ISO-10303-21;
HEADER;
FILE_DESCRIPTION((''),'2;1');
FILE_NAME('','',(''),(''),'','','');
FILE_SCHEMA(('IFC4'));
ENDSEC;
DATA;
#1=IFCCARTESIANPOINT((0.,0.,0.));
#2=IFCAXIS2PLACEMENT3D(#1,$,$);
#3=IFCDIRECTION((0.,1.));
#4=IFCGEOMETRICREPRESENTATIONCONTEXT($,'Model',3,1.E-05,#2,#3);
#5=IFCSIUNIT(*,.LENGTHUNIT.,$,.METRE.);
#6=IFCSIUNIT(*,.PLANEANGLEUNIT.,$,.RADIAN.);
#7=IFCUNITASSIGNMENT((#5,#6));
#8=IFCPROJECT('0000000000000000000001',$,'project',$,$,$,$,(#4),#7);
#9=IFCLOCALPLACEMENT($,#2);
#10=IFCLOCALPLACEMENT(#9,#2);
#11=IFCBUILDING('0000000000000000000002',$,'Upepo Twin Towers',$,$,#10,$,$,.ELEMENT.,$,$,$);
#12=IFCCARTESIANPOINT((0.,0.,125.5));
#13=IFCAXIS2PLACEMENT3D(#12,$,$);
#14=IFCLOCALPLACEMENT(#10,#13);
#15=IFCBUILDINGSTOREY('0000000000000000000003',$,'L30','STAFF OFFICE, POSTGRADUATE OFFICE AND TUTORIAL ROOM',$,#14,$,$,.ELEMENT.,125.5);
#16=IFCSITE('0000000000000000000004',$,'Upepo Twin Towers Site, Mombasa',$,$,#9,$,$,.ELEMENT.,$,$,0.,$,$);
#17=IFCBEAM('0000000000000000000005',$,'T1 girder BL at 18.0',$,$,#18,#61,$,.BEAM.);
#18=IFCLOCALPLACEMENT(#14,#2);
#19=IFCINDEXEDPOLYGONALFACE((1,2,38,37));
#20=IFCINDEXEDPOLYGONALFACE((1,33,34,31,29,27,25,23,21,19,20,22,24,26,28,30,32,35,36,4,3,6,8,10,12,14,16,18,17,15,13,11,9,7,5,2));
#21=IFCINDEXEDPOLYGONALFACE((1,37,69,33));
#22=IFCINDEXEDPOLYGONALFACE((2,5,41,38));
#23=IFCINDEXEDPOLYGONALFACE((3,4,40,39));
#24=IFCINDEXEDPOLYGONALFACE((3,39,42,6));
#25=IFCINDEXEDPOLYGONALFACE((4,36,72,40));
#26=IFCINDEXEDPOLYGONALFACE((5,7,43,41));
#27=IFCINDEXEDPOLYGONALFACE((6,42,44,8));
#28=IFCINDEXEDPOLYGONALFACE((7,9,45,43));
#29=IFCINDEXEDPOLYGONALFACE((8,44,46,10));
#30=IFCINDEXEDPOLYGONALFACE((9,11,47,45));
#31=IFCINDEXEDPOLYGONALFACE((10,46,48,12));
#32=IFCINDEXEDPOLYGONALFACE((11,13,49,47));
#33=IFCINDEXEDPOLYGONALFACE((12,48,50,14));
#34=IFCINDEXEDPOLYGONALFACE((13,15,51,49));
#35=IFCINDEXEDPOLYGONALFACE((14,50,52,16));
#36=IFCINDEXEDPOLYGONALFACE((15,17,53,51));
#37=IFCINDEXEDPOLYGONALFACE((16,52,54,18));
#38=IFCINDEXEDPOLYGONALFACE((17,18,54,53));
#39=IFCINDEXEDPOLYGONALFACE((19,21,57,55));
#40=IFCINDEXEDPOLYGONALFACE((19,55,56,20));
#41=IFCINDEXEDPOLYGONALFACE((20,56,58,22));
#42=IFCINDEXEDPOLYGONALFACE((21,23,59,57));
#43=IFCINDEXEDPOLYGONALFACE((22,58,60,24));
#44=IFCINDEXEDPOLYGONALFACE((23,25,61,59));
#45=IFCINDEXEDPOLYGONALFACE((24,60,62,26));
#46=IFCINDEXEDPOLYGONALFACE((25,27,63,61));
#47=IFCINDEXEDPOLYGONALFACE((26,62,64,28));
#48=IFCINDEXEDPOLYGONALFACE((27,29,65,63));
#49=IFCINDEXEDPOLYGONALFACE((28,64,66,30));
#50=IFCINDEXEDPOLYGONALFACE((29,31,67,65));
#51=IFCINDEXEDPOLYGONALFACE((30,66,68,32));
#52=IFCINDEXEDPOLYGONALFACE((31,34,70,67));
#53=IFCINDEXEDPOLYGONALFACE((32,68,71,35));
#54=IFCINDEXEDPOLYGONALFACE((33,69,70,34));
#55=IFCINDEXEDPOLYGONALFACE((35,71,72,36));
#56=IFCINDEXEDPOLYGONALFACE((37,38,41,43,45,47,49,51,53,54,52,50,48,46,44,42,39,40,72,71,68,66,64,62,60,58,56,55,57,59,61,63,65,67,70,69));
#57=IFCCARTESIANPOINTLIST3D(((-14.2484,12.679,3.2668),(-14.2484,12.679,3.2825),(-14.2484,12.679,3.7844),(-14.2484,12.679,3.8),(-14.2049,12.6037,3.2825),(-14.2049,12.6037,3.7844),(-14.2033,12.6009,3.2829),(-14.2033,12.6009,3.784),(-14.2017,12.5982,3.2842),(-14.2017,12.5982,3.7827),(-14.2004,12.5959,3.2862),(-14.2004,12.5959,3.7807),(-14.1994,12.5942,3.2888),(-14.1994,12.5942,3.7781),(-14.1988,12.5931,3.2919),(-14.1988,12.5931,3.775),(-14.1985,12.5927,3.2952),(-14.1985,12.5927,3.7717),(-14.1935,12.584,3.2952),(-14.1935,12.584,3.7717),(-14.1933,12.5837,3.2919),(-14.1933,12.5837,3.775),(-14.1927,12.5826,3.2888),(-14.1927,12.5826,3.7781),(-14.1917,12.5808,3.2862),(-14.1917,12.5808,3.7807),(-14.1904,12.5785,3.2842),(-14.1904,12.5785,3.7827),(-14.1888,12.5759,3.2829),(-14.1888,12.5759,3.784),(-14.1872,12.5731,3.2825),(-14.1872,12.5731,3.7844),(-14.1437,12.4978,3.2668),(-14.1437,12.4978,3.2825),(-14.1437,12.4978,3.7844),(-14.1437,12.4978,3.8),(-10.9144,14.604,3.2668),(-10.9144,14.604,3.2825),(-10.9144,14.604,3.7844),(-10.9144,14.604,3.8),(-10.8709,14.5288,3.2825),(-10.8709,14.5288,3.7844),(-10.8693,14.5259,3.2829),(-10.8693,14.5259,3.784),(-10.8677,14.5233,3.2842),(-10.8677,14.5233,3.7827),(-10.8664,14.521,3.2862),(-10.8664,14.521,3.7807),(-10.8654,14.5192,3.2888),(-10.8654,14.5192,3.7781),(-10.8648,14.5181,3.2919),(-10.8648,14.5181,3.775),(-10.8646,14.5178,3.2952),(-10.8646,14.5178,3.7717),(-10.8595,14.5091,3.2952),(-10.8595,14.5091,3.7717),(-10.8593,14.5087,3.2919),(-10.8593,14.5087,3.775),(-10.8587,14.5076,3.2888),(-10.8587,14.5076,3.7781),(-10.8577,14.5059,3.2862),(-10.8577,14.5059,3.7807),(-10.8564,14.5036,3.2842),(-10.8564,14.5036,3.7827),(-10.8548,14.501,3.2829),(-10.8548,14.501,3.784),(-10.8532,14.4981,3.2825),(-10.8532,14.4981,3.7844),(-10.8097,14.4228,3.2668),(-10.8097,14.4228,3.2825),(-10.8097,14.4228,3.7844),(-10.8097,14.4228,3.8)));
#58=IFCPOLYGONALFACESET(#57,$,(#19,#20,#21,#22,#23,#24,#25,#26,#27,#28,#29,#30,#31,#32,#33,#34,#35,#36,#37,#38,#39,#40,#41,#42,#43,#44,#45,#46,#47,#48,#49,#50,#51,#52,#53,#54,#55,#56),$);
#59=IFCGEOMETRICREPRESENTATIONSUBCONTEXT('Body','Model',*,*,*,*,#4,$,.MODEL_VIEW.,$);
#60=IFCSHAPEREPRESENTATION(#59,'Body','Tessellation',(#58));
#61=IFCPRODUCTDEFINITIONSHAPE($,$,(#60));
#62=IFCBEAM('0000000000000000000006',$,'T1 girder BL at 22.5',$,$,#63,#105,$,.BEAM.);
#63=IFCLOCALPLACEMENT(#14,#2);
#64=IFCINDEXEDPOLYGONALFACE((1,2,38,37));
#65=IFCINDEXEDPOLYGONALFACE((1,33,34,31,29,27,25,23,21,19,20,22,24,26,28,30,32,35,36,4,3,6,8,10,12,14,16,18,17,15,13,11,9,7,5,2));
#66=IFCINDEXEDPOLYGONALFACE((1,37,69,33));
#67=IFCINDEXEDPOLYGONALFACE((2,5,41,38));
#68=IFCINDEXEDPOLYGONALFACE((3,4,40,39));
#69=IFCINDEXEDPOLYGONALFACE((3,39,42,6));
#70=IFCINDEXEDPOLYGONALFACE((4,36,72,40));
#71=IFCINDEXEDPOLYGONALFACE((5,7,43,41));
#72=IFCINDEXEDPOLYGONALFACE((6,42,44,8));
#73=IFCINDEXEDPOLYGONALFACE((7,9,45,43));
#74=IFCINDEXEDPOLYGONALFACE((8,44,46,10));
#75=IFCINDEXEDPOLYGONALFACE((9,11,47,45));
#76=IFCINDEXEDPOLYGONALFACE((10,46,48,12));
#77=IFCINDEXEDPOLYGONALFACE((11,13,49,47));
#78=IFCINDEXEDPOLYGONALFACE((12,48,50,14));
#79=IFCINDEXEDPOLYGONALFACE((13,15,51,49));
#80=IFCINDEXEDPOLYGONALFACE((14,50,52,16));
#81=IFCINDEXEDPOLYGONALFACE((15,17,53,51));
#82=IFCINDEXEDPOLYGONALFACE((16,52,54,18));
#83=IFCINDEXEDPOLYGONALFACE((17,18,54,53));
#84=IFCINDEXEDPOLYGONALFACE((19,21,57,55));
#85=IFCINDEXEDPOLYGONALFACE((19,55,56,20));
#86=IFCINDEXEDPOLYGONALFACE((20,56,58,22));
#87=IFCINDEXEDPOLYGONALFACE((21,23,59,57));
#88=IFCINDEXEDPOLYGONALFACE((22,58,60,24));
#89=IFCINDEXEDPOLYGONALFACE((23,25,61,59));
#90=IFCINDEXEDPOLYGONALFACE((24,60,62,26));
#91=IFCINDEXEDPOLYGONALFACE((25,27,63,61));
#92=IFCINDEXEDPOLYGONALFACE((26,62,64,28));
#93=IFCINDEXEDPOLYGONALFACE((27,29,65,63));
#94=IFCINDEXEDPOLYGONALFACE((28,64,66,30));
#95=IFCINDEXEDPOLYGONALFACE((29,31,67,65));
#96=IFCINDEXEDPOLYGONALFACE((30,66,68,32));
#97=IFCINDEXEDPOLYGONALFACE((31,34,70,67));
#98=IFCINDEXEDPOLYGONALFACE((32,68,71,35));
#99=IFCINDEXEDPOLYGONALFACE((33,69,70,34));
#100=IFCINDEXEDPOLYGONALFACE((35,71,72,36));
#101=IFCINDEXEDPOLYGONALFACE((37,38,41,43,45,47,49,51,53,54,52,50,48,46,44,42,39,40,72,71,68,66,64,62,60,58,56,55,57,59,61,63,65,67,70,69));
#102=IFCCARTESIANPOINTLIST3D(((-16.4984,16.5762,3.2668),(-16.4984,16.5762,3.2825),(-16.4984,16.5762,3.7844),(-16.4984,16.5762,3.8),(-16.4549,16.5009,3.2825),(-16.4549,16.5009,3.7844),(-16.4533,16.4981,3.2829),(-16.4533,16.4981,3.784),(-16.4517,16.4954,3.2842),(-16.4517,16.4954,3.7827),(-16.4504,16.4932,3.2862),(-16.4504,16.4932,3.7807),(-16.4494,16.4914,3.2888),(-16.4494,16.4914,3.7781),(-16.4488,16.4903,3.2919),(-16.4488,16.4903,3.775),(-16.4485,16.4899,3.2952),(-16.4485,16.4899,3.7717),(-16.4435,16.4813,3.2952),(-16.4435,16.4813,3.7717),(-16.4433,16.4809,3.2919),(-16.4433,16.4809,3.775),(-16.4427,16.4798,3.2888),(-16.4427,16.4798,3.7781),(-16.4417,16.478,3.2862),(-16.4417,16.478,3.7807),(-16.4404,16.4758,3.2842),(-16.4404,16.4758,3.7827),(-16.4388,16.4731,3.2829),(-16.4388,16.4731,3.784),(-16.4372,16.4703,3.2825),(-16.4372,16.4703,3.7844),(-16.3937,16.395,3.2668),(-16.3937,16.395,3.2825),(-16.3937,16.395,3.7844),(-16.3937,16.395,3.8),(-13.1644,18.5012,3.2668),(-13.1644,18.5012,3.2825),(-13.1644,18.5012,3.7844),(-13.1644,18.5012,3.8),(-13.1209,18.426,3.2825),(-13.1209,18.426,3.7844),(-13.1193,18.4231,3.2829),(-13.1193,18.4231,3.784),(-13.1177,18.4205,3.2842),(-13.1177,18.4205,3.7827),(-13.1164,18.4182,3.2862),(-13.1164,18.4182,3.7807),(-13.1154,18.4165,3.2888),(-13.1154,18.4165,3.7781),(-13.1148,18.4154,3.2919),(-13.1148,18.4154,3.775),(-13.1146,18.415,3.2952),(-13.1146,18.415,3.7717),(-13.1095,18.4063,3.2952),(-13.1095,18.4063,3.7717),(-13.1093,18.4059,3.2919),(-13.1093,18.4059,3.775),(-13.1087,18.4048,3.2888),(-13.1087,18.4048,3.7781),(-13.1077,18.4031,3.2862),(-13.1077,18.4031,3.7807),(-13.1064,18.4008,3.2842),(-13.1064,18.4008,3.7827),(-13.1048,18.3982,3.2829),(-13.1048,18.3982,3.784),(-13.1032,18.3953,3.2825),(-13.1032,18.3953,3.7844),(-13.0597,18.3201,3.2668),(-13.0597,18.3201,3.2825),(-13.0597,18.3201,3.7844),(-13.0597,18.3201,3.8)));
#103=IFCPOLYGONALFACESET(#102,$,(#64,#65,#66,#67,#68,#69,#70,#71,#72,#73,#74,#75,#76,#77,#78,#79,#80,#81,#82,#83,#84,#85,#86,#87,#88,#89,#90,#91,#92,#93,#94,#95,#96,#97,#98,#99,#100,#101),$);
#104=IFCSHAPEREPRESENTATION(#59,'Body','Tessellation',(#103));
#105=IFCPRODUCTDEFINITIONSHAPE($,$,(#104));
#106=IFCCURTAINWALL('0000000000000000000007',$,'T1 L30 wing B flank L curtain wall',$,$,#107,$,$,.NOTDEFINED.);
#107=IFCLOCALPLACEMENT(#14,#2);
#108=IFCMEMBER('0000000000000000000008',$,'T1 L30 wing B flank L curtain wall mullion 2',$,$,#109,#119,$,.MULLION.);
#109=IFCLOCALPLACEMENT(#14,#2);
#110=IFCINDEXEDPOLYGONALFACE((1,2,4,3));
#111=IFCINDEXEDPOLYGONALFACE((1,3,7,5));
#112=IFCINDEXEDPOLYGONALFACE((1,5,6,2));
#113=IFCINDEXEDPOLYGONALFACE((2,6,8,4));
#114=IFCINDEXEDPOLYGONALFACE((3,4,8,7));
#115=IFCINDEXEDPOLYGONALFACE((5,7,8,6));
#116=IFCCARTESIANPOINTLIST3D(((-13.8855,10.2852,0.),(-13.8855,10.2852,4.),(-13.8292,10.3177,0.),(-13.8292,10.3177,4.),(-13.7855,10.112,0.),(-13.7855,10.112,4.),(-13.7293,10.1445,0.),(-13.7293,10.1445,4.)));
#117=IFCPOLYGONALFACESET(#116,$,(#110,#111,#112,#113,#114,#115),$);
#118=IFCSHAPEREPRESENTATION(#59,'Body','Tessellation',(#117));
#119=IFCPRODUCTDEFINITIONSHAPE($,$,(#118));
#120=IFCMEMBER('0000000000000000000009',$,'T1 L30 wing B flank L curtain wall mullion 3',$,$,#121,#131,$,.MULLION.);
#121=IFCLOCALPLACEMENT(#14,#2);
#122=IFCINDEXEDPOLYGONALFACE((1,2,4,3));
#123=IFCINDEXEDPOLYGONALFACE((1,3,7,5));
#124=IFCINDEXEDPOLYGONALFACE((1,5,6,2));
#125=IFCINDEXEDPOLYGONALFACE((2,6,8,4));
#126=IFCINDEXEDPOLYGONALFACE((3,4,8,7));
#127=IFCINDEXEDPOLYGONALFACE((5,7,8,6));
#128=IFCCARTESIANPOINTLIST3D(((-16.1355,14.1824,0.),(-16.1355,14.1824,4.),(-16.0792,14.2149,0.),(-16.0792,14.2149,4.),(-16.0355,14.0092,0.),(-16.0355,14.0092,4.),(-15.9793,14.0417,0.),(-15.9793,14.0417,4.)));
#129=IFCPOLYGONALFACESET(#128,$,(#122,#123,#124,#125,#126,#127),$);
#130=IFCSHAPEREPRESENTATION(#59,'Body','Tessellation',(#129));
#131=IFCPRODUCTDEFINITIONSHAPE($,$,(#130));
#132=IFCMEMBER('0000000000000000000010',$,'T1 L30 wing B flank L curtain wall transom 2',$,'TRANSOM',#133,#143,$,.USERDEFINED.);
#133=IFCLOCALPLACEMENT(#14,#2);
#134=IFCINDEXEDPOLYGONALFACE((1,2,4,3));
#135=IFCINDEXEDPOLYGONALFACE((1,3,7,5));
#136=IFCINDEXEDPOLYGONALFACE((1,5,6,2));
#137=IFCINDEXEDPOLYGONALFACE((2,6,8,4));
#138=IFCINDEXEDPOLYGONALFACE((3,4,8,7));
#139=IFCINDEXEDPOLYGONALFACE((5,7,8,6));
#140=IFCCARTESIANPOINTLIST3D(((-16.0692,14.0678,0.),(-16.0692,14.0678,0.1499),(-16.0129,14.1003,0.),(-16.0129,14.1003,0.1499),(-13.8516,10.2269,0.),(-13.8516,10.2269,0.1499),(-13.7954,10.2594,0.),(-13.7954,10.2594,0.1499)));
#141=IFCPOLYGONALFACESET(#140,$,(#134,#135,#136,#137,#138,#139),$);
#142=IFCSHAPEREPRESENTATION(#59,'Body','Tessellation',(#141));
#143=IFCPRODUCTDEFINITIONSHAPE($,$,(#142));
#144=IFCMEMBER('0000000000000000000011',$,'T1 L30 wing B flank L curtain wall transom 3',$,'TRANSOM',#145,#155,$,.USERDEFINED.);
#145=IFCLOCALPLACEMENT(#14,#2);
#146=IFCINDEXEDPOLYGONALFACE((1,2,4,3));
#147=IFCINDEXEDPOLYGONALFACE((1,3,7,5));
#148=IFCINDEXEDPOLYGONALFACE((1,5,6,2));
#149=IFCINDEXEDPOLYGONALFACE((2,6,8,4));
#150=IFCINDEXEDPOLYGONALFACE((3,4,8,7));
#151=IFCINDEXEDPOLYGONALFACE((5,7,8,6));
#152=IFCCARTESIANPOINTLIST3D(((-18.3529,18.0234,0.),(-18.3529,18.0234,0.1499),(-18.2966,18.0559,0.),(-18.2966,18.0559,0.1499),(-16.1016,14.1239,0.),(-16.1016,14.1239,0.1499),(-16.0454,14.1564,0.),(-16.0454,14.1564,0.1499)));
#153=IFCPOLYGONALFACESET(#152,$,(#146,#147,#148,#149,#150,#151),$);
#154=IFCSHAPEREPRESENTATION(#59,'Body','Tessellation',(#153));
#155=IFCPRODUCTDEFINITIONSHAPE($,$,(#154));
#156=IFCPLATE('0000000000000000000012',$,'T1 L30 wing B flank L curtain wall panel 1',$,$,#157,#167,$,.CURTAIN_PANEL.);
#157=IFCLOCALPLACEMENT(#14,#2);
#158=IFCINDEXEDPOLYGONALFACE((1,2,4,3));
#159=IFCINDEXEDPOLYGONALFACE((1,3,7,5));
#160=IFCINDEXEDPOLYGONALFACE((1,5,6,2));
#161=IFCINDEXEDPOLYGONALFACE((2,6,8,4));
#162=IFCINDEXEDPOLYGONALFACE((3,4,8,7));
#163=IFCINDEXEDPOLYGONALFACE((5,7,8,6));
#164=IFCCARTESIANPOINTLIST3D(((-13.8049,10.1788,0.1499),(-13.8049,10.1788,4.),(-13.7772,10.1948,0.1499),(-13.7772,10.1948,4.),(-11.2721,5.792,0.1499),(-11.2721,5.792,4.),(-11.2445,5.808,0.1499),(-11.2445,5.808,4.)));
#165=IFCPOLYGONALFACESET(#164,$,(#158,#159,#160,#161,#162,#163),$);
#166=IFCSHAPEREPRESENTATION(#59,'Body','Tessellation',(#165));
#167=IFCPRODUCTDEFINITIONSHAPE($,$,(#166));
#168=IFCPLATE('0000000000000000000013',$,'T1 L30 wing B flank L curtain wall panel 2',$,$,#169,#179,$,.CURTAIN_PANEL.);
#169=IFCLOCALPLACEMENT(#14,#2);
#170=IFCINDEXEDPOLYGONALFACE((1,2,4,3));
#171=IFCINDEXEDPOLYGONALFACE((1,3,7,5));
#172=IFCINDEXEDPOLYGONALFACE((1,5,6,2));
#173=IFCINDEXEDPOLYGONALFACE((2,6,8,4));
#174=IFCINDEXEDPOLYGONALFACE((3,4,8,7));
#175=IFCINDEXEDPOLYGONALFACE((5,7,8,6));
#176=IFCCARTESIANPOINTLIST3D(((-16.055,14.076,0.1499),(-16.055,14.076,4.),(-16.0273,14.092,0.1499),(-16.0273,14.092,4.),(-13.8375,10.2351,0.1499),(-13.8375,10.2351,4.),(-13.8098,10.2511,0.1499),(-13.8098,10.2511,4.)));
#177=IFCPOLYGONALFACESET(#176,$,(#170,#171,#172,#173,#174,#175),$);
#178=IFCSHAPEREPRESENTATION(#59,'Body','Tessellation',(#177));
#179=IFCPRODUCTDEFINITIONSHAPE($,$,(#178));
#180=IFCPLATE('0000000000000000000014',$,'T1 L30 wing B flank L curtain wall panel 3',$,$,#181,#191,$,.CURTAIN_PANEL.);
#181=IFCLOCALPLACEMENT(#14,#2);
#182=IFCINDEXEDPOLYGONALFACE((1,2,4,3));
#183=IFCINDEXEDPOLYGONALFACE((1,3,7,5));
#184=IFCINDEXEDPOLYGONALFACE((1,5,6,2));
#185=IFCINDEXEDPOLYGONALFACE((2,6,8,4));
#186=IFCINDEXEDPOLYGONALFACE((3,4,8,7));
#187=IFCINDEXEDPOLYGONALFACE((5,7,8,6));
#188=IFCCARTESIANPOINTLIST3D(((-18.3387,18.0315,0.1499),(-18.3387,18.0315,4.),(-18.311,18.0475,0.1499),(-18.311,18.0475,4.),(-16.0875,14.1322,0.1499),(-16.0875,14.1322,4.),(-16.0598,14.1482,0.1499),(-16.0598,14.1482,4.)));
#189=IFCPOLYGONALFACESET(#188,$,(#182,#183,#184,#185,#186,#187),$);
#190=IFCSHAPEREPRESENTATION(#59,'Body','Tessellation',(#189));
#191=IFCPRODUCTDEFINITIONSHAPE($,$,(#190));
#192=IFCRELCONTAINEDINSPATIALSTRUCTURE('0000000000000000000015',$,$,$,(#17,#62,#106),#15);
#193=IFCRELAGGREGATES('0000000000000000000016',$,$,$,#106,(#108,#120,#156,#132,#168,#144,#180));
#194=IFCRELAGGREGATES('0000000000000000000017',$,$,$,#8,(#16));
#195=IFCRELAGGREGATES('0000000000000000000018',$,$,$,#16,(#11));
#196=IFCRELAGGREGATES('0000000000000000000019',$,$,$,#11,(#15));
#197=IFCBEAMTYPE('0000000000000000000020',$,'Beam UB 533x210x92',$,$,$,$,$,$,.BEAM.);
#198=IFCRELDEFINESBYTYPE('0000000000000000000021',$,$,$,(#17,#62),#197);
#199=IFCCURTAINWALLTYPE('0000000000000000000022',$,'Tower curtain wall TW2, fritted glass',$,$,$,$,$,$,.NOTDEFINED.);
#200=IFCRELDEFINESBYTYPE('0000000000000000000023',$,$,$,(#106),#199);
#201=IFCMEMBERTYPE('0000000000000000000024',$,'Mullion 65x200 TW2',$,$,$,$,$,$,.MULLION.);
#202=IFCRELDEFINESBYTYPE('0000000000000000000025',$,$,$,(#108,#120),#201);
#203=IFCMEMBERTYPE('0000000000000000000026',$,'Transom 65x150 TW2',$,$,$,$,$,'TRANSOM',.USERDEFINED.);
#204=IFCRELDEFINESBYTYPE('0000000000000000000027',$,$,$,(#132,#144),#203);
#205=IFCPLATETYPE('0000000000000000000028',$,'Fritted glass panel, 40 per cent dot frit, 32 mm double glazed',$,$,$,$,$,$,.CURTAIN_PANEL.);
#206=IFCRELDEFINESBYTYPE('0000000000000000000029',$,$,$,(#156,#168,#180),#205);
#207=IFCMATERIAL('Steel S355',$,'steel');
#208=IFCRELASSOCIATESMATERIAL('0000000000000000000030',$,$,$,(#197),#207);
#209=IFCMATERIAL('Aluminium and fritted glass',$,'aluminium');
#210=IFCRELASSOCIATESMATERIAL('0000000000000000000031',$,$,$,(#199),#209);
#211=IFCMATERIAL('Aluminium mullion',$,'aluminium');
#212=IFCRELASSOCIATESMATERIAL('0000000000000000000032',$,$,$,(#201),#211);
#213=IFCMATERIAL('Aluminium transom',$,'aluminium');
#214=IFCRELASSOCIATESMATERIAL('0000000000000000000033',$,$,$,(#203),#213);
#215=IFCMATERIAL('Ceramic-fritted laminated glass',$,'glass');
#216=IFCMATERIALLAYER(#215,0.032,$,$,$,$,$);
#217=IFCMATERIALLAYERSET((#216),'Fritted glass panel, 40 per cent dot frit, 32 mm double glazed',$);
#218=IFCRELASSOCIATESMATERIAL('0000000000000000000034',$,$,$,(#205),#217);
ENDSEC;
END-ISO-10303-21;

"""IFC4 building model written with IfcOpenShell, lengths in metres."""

from ifc_helpers import new_model, si_unit, direction, frame, origin, origin_2d, place, context, subcontext, project, spatial, rectangle, i_section, extrude, material, layer, layer_set, material_profile, profile_set, type_object, element, aggregate, save


model = new_model("IFC4")

# Units and contexts
model_context = context("Model", 3, precision=1e-05, world=origin(), true_north=direction((0.0, 1.0)))
body_context = subcontext(model_context, "Body", "Model", "MODEL_VIEW")
ifc_project = project(units=[si_unit("LENGTHUNIT", "METRE"), si_unit("PLANEANGLEUNIT", "RADIAN")], contexts=[model_context])

# Site, building, storey
site_placement = place(None, origin())
site = spatial("IfcSite", under=ifc_project, at=site_placement, Name="Upepo Twin Towers Site, Mombasa", CompositionType="ELEMENT", RefElevation=0.0)
building_placement = place(site_placement, origin())
building = spatial("IfcBuilding", under=site, at=building_placement, Name="Upepo Twin Towers", CompositionType="ELEMENT")
storey_placement = place(building_placement, frame((0.0, 0.0, 125.5)))
storey = spatial("IfcBuildingStorey", under=building, at=storey_placement, Name="L30", Description="STAFF OFFICE, POSTGRADUATE OFFICE AND TUTORIAL ROOM", CompositionType="ELEMENT", Elevation=125.5)

# Beams
ifc_material_1 = material(Name="Steel S355", Category="steel")
ifc_material_profile_1 = material_profile(ifc_material_1, i_section(OverallWidth=0.2092, OverallDepth=0.5332, WebThickness=0.01, FlangeThickness=0.0156, FilletRadius=0.0127, at=origin_2d()), Name="UB 533x210x92")
ifc_profile_set_1 = profile_set([ifc_material_profile_1], Name="Steel S355")
beam_type_1 = type_object("IfcBeamType", Name="Beam UB 533x210x92", PredefinedType="BEAM", material=ifc_profile_set_1)
for number, where, z_axis, x_axis, name in (
    (1, (-14.196, 12.5884, 3.5334), (0.866006, 0.500034, 0.0), (-0.500034, 0.866006, 0.0), "T1 girder BL at 18.0"),
    (2, (-16.446, 16.4856, 3.5334), (0.866006, 0.500034, 0.0), (-0.500034, 0.866006, 0.0), "T1 girder BL at 22.5"),
):
    element("IfcBeam", number, at=place(storey_placement, frame(where, z_axis=z_axis, x_axis=x_axis)), inside=storey, type_object=beam_type_1, Name=name, PredefinedType="BEAM", context=body_context, shape_type="SweptSolid", body=[
        extrude(i_section(OverallWidth=0.2092, OverallDepth=0.5332, WebThickness=0.01, FlangeThickness=0.0156, FilletRadius=0.0127, at=origin_2d()), origin(), (0.0, 0.0, 1.0), 3.8499),
    ])

# Curtain wall, members, plates
ifc_material_2 = material(Name="Aluminium and fritted glass", Category="aluminium")
curtain_wall_type = type_object("IfcCurtainWallType", Name="Tower curtain wall TW2, fritted glass", PredefinedType="NOTDEFINED", material=ifc_material_2)
curtain_wall_placement = place(storey_placement, origin())
curtain_wall = element("IfcCurtainWall", 3, at=curtain_wall_placement, inside=storey, type_object=curtain_wall_type, Name="T1 L30 wing B flank L curtain wall", PredefinedType="NOTDEFINED")
ifc_material_3 = material(Name="Aluminium mullion", Category="aluminium")
ifc_material_profile_2 = material_profile(ifc_material_3, rectangle(XDim=0.0649, YDim=0.2, at=origin_2d()), Name="MULLION 65x200")
ifc_profile_set_2 = profile_set([ifc_material_profile_2], Name="Aluminium mullion")
member_type_1 = type_object("IfcMemberType", Name="Mullion 65x200 TW2", PredefinedType="MULLION", material=ifc_profile_set_2)
member_1_placement = place(storey_placement, frame((-13.8074, 10.2148, 0.0), z_axis=(0.0, 0.0, 1.0), x_axis=(-0.866025, -0.5, 0.0)))
member_1 = element("IfcMember", 4, at=member_1_placement, type_object=member_type_1, Name="T1 L30 wing B flank L curtain wall mullion 2", PredefinedType="MULLION", context=body_context, shape_type="SweptSolid", body=[
    extrude(rectangle(XDim=0.0649, YDim=0.2, at=origin_2d()), origin(), (0.0, 0.0, 1.0), 4.0),
])
member_2_placement = place(storey_placement, frame((-16.0574, 14.1121, 0.0), z_axis=(0.0, 0.0, 1.0), x_axis=(-0.866025, -0.5, 0.0)))
member_2 = element("IfcMember", 5, at=member_2_placement, type_object=member_type_1, Name="T1 L30 wing B flank L curtain wall mullion 3", PredefinedType="MULLION", context=body_context, shape_type="SweptSolid", body=[
    extrude(rectangle(XDim=0.0649, YDim=0.2, at=origin_2d()), origin(), (0.0, 0.0, 1.0), 4.0),
])
ifc_material_4 = material(Name="Aluminium transom", Category="aluminium")
ifc_material_profile_3 = material_profile(ifc_material_4, rectangle(XDim=0.0649, YDim=0.1499, at=origin_2d()), Name="TRANSOM 65x150")
ifc_profile_set_3 = profile_set([ifc_material_profile_3], Name="Aluminium transom")
member_type_2 = type_object("IfcMemberType", Name="Transom 65x150 TW2", ElementType="TRANSOM", PredefinedType="USERDEFINED", material=ifc_profile_set_3)
member_3_placement = place(storey_placement, frame((-13.8235, 10.2432, 0.075), z_axis=(-0.500005, 0.866022, 0.0), x_axis=(-0.866022, -0.500005, 0.0)))
member_3 = element("IfcMember", 6, at=member_3_placement, type_object=member_type_2, Name="T1 L30 wing B flank L curtain wall transom 2", ObjectType="TRANSOM", PredefinedType="USERDEFINED", context=body_context, shape_type="SweptSolid", body=[
    extrude(rectangle(XDim=0.0649, YDim=0.1499, at=origin_2d()), origin(), (0.0, 0.0, 1.0), 4.4351),
])
member_4_placement = place(storey_placement, frame((-16.0735, 14.1401, 0.075), z_axis=(-0.499982, 0.866036, 0.0), x_axis=(-0.866036, -0.499982, 0.0)))
member_4 = element("IfcMember", 7, at=member_4_placement, type_object=member_type_2, Name="T1 L30 wing B flank L curtain wall transom 3", ObjectType="TRANSOM", PredefinedType="USERDEFINED", context=body_context, shape_type="SweptSolid", body=[
    extrude(rectangle(XDim=0.0649, YDim=0.1499, at=origin_2d()), origin(), (0.0, 0.0, 1.0), 4.5027),
])
ifc_material_5 = material(Name="Ceramic-fritted laminated glass", Category="glass")
ifc_layer_1 = layer(ifc_material_5, 0.032)
ifc_layer_set_1 = layer_set([ifc_layer_1], Name="Fritted glass panel, 40 per cent dot frit, 32 mm double glazed")
plate_type = type_object("IfcPlateType", Name="Fritted glass panel, 40 per cent dot frit, 32 mm double glazed", PredefinedType="CURTAIN_PANEL", material=ifc_layer_set_1)
plate_1_placement = place(storey_placement, frame((-12.5247, 7.9934, 0.1499), z_axis=(0.0, 0.0, 1.0), x_axis=(-0.5, 0.866025, 0.0)))
plate_1 = element("IfcPlate", 8, at=plate_1_placement, type_object=plate_type, Name="T1 L30 wing B flank L curtain wall panel 1", PredefinedType="CURTAIN_PANEL", context=body_context, shape_type="SweptSolid", body=[
    extrude(rectangle(XDim=5.0654, YDim=0.032, at=origin_2d()), origin(), (0.0, 0.0, 1.0), 3.8501),
])
plate_2_placement = place(storey_placement, frame((-14.9324, 12.1636, 0.1499), z_axis=(0.0, 0.0, 1.0), x_axis=(-0.5, 0.866025, 0.0)))
plate_2 = element("IfcPlate", 9, at=plate_2_placement, type_object=plate_type, Name="T1 L30 wing B flank L curtain wall panel 2", PredefinedType="CURTAIN_PANEL", context=body_context, shape_type="SweptSolid", body=[
    extrude(rectangle(XDim=4.4351, YDim=0.032, at=origin_2d()), origin(), (0.0, 0.0, 1.0), 3.8501),
])
plate_3_placement = place(storey_placement, frame((-17.1992, 16.0898, 0.1499), z_axis=(0.0, 0.0, 1.0), x_axis=(-0.5, 0.866025, 0.0)))
plate_3 = element("IfcPlate", 10, at=plate_3_placement, type_object=plate_type, Name="T1 L30 wing B flank L curtain wall panel 3", PredefinedType="CURTAIN_PANEL", context=body_context, shape_type="SweptSolid", body=[
    extrude(rectangle(XDim=4.5024, YDim=0.032, at=origin_2d()), origin(), (0.0, 0.0, 1.0), 3.8501),
])
aggregate(curtain_wall, [member_1, member_2, plate_1, member_3, plate_2, member_4, plate_3])

save(model, "model.ifc")
